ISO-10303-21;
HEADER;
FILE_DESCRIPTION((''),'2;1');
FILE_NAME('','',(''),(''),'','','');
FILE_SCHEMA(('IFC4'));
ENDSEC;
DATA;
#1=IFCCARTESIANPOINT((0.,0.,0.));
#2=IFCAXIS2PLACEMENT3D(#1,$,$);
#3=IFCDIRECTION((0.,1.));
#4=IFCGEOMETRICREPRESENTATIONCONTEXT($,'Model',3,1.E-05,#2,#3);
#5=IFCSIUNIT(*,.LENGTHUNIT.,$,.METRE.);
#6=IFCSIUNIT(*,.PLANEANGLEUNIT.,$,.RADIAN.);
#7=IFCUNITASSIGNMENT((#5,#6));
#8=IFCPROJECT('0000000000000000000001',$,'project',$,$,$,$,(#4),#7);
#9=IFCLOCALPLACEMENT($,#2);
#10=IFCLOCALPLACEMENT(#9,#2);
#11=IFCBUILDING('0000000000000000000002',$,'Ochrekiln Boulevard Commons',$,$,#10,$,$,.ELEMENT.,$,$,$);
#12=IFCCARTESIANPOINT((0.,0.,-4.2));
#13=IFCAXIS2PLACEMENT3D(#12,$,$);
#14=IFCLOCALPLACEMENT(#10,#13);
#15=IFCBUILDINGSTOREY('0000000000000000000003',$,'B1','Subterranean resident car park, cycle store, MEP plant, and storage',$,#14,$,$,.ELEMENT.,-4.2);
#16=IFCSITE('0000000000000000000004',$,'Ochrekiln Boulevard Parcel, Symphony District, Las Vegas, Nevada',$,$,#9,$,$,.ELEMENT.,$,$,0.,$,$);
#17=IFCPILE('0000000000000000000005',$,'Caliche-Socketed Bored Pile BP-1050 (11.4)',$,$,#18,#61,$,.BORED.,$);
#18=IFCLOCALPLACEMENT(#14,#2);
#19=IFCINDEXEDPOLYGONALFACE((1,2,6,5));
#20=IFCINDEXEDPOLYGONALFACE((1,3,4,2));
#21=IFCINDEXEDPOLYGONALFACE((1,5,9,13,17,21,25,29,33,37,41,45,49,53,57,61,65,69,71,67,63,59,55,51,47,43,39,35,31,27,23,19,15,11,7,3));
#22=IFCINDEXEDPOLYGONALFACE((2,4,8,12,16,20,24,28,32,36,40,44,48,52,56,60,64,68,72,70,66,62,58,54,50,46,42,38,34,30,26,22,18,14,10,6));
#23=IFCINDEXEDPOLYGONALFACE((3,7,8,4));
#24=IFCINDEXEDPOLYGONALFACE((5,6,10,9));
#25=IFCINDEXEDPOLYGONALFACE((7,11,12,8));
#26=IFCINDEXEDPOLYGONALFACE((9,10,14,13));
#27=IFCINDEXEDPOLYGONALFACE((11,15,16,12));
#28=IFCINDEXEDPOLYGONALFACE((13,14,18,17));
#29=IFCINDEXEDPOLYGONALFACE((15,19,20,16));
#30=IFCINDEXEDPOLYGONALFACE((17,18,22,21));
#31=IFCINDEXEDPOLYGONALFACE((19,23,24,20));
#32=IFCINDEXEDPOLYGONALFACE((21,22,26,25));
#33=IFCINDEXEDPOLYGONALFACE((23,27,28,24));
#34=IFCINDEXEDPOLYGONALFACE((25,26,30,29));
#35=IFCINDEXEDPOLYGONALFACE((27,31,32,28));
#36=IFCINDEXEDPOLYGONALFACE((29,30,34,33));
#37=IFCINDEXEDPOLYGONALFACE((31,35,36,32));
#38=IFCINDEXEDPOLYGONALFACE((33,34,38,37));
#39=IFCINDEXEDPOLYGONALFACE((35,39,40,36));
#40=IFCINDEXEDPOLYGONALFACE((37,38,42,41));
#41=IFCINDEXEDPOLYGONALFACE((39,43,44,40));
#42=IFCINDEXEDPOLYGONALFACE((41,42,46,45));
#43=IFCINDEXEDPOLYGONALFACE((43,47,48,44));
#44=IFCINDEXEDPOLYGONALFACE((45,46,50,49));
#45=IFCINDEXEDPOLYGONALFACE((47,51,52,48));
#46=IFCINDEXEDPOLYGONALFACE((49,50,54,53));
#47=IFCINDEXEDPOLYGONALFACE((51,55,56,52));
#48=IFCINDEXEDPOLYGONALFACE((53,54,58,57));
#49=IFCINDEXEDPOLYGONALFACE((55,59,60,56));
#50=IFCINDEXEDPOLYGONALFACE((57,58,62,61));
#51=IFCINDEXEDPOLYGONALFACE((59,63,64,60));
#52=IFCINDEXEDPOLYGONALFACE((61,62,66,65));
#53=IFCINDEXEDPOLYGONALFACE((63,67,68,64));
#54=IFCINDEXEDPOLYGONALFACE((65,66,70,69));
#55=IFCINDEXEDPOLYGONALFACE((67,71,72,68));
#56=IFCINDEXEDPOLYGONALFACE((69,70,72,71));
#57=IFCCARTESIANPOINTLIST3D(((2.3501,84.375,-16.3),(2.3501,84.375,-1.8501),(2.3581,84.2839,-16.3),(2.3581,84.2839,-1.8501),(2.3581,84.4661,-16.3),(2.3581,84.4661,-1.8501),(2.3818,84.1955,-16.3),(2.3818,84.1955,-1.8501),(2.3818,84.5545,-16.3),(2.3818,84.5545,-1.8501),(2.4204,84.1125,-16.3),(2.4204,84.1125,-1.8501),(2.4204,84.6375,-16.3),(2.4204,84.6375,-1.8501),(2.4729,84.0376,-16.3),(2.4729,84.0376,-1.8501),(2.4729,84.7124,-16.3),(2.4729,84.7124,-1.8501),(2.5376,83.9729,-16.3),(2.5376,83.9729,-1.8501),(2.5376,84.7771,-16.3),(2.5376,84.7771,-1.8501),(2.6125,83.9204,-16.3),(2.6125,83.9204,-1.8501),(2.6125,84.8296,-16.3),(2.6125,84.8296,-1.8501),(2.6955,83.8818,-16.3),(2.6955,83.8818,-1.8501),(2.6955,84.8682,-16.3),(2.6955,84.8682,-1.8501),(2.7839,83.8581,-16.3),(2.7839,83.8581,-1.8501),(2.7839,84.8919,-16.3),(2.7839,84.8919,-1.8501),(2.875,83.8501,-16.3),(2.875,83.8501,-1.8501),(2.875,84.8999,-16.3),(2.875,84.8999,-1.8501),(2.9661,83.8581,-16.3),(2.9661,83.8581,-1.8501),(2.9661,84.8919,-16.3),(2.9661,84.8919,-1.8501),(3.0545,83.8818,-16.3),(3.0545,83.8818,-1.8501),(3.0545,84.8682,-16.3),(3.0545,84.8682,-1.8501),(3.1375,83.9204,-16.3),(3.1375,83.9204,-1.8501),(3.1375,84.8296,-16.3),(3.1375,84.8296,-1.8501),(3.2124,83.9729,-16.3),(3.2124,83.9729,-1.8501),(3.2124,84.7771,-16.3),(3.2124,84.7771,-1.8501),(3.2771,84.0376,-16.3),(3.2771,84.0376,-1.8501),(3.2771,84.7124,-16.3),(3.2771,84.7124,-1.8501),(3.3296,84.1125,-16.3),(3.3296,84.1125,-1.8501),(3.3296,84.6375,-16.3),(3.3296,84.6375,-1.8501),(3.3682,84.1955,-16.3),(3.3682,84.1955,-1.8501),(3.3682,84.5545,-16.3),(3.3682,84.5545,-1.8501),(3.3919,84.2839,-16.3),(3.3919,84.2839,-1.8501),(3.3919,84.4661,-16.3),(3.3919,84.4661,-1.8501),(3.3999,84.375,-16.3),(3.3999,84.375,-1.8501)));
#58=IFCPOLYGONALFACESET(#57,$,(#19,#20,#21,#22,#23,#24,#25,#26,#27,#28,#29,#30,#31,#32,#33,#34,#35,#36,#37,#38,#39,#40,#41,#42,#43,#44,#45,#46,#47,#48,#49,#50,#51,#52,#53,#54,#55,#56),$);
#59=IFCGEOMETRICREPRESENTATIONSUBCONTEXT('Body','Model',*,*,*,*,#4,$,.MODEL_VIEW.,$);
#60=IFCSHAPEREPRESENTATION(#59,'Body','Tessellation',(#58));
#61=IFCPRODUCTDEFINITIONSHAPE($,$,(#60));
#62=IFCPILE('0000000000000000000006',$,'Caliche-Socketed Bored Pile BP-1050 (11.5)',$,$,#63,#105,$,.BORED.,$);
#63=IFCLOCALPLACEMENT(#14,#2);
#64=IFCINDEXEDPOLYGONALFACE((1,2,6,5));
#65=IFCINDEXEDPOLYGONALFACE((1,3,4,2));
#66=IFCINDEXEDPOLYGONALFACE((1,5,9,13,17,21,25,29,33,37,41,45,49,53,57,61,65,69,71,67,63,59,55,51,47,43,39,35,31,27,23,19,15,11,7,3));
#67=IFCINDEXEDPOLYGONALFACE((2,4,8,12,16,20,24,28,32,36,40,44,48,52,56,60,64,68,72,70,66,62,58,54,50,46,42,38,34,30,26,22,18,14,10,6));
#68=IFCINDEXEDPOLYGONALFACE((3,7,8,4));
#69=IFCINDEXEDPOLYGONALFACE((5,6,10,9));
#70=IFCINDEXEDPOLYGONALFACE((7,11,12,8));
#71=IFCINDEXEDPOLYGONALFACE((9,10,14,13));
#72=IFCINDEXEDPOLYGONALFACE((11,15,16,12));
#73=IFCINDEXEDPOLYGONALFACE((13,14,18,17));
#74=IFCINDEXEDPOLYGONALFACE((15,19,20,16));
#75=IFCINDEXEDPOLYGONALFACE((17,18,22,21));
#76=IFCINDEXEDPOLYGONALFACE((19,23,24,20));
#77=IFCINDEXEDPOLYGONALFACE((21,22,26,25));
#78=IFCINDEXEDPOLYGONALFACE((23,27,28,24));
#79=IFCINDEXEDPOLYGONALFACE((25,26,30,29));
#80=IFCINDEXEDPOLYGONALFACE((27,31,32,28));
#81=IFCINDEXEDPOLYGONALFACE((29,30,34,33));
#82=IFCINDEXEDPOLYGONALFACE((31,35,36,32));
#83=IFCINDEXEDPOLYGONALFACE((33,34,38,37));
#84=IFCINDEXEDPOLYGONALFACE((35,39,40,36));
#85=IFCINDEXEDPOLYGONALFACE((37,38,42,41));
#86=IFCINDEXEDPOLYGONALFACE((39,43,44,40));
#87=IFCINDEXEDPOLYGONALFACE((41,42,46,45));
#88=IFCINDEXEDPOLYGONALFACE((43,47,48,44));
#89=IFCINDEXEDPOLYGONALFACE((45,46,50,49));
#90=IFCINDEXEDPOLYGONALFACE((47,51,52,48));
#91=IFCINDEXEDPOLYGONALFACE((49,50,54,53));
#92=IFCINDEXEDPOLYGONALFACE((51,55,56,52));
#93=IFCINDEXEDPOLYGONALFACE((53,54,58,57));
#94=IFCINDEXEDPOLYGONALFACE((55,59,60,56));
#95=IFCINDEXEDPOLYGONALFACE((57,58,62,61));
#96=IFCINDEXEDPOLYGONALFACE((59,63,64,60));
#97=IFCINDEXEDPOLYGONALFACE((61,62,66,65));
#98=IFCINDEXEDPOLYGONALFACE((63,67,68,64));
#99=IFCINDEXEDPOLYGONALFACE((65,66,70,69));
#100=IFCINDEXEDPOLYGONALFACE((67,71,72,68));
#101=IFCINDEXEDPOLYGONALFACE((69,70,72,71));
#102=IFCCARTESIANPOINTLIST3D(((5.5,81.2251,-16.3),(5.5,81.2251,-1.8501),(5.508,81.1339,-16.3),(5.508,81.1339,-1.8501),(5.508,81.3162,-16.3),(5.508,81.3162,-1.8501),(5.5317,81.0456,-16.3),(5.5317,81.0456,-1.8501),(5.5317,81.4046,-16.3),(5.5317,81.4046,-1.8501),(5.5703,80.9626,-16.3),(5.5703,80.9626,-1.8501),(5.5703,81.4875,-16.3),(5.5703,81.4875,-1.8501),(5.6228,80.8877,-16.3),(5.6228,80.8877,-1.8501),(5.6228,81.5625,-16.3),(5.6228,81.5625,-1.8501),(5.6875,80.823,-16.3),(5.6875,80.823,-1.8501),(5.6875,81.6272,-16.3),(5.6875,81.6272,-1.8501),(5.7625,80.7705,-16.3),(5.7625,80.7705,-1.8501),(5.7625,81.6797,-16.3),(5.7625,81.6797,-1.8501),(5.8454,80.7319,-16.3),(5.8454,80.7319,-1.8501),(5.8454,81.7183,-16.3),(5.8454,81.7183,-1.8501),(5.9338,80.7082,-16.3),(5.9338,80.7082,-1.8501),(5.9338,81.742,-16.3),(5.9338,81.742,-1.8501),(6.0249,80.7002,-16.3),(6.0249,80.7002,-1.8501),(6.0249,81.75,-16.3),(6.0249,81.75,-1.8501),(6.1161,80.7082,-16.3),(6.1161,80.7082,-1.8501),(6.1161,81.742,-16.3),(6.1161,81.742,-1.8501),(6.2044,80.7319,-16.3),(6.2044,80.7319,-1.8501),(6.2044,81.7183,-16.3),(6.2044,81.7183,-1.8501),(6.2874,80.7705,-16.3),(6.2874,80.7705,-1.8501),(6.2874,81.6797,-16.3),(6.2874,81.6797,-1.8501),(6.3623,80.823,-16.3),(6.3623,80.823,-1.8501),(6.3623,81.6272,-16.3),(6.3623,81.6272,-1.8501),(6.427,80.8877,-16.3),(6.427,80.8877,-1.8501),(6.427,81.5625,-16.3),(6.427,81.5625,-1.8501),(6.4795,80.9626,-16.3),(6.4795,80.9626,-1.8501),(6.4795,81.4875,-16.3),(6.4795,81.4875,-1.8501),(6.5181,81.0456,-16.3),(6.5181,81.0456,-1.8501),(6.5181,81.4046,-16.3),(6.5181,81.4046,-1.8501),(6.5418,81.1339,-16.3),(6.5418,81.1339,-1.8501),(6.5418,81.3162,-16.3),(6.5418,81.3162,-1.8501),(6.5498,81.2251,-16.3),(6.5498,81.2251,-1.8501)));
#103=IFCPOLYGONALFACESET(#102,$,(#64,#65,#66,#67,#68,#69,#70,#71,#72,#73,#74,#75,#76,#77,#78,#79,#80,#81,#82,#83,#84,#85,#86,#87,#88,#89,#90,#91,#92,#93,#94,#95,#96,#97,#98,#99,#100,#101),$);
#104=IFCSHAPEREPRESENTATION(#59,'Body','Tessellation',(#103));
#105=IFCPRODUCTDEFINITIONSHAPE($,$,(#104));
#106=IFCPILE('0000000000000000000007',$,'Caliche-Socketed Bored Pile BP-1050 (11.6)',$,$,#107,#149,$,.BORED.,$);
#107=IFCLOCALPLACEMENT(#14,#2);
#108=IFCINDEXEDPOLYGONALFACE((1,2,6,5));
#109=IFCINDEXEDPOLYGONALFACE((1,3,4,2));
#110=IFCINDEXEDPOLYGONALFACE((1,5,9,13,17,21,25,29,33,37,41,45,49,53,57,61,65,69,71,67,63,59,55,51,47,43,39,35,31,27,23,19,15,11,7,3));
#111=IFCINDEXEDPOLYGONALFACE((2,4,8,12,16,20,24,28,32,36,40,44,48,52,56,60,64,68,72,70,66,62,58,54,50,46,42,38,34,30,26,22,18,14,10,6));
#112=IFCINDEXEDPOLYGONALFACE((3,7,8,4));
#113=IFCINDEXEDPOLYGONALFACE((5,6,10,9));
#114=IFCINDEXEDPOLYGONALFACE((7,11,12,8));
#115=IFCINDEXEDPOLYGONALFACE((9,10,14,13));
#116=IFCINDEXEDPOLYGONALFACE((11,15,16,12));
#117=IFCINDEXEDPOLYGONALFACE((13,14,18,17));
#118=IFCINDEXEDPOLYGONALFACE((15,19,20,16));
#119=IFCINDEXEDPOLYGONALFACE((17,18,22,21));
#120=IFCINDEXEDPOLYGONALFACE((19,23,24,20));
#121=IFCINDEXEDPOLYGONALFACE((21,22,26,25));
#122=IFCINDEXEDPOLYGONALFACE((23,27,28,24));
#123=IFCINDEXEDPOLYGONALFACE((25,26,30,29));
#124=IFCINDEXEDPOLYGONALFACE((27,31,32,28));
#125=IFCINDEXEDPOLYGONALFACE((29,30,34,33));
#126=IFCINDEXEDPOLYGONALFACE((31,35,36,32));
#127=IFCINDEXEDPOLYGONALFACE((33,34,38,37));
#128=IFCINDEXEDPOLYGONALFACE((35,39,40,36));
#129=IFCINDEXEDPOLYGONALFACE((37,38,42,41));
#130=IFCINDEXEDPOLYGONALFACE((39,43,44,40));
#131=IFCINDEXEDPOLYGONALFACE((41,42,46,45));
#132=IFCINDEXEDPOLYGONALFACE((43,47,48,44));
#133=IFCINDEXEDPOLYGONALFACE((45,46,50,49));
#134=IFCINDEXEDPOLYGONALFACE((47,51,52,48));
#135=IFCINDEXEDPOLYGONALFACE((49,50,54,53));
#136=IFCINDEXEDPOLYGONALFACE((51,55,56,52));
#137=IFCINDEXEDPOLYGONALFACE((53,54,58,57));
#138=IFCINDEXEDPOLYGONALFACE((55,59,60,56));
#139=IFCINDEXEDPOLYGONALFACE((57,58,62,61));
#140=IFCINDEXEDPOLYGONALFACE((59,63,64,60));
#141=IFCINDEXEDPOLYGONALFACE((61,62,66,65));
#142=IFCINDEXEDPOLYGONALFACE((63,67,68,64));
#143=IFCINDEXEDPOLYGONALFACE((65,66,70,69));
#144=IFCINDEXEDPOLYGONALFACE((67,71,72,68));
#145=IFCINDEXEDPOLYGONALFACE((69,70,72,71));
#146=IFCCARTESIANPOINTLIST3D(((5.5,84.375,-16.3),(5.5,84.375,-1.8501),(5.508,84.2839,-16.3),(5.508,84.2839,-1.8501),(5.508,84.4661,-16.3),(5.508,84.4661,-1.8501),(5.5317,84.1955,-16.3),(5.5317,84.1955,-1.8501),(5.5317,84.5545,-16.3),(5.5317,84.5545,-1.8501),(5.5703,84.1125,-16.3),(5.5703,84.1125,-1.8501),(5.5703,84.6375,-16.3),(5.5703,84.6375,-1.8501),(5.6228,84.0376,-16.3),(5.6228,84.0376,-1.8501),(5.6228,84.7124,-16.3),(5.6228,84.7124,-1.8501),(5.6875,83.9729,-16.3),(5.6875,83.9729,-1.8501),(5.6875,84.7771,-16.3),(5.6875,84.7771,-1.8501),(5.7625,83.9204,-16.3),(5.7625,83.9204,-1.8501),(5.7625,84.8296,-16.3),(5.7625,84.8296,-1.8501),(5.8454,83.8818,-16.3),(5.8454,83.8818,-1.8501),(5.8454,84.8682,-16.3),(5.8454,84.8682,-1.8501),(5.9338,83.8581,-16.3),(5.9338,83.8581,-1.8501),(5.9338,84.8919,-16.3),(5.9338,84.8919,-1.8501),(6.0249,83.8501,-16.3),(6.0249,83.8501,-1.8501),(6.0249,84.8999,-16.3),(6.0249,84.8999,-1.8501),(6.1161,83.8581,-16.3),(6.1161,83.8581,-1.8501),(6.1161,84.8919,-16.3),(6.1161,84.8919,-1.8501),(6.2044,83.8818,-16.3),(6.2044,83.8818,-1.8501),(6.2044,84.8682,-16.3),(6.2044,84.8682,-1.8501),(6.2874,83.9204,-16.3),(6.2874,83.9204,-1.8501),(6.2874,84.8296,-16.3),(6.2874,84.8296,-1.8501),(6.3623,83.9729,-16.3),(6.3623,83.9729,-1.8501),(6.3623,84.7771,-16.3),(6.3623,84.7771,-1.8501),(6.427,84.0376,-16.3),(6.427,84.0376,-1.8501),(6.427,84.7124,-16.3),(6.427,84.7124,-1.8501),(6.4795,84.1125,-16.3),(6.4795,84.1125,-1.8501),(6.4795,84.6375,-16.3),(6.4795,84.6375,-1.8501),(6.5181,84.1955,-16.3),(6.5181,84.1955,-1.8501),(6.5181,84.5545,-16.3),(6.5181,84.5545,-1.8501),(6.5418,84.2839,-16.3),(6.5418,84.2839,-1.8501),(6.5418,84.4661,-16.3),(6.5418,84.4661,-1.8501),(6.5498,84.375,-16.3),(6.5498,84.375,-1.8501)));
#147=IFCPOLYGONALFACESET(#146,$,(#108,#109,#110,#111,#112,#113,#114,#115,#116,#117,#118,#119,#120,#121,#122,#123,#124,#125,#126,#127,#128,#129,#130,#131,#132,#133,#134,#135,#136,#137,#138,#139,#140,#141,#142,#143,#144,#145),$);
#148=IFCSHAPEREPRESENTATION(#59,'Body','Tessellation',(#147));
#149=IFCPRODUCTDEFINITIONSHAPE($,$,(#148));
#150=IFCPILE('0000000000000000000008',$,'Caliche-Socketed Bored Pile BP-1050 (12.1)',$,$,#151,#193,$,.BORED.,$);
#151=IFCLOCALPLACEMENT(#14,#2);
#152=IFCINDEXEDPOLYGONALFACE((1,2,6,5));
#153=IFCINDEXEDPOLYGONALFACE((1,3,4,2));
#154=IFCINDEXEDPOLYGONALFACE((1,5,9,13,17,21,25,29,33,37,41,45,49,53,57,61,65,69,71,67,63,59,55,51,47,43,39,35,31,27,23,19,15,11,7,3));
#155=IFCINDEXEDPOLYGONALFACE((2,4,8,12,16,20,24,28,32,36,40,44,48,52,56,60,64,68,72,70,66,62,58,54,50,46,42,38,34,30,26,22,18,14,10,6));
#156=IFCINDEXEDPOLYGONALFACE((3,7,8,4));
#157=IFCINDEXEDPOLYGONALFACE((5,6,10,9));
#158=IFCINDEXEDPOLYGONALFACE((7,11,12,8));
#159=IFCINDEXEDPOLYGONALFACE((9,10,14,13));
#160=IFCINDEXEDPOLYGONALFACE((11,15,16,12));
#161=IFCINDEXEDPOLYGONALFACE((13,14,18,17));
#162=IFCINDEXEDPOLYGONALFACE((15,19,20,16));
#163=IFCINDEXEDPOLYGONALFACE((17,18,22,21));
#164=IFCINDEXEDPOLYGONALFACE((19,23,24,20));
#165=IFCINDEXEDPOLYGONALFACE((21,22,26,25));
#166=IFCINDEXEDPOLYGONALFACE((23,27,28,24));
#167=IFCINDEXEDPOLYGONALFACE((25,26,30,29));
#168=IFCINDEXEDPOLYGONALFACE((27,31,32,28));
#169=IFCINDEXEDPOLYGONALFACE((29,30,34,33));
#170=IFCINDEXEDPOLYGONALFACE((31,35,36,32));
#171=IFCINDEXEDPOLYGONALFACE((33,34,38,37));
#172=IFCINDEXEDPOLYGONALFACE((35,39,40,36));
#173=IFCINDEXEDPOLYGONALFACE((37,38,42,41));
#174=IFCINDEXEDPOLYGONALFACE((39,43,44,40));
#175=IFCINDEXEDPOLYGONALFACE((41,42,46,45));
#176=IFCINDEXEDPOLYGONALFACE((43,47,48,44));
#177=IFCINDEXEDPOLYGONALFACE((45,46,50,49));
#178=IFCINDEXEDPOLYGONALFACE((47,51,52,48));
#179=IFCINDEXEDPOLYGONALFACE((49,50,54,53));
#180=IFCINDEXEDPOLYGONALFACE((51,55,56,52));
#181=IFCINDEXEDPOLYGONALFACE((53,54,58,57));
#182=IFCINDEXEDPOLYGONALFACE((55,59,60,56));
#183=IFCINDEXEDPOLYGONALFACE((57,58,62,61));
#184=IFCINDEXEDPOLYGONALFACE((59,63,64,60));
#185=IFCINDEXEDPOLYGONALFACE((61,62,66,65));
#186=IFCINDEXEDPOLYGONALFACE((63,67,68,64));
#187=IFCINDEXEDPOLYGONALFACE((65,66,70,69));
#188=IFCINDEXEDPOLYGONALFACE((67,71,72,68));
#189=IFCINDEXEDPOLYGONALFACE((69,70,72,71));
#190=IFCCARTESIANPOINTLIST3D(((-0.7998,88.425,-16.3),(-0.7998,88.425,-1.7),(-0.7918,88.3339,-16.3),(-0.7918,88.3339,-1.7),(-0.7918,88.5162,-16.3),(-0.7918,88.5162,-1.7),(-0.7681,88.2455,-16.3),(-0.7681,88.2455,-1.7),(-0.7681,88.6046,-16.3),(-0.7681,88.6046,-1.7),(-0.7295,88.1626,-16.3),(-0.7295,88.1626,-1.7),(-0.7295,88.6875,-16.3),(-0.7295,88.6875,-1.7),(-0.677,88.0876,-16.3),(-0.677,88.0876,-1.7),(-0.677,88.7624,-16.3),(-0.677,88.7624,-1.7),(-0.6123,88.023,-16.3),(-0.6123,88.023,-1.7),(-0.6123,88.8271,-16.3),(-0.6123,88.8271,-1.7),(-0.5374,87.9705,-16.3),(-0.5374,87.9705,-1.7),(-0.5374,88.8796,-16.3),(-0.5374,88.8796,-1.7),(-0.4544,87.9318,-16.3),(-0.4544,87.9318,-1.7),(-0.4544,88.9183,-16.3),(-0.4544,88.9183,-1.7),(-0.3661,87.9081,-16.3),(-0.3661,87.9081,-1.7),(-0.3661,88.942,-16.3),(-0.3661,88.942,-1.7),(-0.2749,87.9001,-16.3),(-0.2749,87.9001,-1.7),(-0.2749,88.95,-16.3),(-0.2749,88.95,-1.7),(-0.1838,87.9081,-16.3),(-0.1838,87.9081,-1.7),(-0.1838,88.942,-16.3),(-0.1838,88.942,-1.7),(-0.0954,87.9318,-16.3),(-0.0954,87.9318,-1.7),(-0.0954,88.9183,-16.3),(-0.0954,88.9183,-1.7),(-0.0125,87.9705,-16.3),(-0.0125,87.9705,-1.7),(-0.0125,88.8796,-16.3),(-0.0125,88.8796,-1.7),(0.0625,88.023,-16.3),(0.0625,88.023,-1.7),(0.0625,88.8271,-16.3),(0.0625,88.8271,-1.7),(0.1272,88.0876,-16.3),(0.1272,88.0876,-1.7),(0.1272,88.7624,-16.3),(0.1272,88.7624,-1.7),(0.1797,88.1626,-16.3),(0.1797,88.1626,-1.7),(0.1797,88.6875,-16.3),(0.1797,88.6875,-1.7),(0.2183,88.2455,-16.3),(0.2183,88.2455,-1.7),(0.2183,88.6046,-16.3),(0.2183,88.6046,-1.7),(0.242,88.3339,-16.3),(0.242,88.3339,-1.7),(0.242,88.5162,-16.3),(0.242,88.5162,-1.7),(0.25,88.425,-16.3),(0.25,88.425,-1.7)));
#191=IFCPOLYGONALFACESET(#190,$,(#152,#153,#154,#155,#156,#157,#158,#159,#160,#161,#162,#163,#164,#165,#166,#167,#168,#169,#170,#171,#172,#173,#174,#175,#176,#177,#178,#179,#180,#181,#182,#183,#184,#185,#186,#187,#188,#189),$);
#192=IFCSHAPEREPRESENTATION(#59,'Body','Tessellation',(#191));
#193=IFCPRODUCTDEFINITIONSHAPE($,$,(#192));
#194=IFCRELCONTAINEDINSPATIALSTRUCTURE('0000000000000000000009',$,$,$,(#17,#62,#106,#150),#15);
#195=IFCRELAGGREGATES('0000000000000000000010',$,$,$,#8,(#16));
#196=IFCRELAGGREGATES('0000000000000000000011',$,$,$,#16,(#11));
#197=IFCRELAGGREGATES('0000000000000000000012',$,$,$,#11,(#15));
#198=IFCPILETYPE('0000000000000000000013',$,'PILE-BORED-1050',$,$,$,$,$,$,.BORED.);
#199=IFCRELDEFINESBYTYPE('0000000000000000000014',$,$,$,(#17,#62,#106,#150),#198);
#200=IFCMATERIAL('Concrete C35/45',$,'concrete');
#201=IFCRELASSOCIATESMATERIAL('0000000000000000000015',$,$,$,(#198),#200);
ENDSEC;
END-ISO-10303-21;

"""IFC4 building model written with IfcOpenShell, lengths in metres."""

from ifc_helpers import new_model, si_unit, direction, frame, origin, origin_2d, place, context, subcontext, project, spatial, circle, extrude, material, material_profile, profile_set, type_object, element, save


model = new_model("IFC4")

# Units and contexts
model_context = context("Model", 3, precision=1e-05, world=origin(), true_north=direction((0.0, 1.0)))
body_context = subcontext(model_context, "Body", "Model", "MODEL_VIEW")
ifc_project = project(units=[si_unit("LENGTHUNIT", "METRE"), si_unit("PLANEANGLEUNIT", "RADIAN")], contexts=[model_context])

# Site, building, storey
site_placement = place(None, origin())
site = spatial("IfcSite", under=ifc_project, at=site_placement, Name="Ochrekiln Boulevard Parcel, Symphony District, Las Vegas, Nevada", CompositionType="ELEMENT", RefElevation=0.0)
building_placement = place(site_placement, origin())
building = spatial("IfcBuilding", under=site, at=building_placement, Name="Ochrekiln Boulevard Commons", CompositionType="ELEMENT")
storey_placement = place(building_placement, frame((0.0, 0.0, -4.2)))
storey = spatial("IfcBuildingStorey", under=building, at=storey_placement, Name="B1", Description="Subterranean resident car park, cycle store, MEP plant, and storage", CompositionType="ELEMENT", Elevation=-4.2)

# Shared definitions
ifc_material_1 = material(Name="Concrete C35/45", Category="concrete")

# Piles
ifc_material_profile_1 = material_profile(ifc_material_1, circle(Radius=0.5249, at=origin_2d()), Name="PILE-D1050")
ifc_profile_set_1 = profile_set([ifc_material_profile_1], Name="Concrete C35/45")
pile_type = type_object("IfcPileType", Name="PILE-BORED-1050", PredefinedType="BORED", material=ifc_profile_set_1)
for number, where, z_axis, x_axis, name in (
    (1, (2.875, 84.375, -1.8501), (0.0, 0.0, -1.0), (1.0, 0.0, 0.0), "Caliche-Socketed Bored Pile BP-1050 (11.4)"),
    (2, (6.0249, 81.2251, -1.8501), (0.0, 0.0, -1.0), (1.0, 0.0, 0.0), "Caliche-Socketed Bored Pile BP-1050 (11.5)"),
    (3, (6.0249, 84.375, -1.8501), (0.0, 0.0, -1.0), (1.0, 0.0, 0.0), "Caliche-Socketed Bored Pile BP-1050 (11.6)"),
):
    element("IfcPile", number, at=place(storey_placement, frame(where, z_axis=z_axis, x_axis=x_axis)), inside=storey, type_object=pile_type, Name=name, PredefinedType="BORED", context=body_context, shape_type="SweptSolid", body=[
        extrude(circle(Radius=0.5249, at=origin_2d()), origin(), (0.0, 0.0, 1.0), 14.45),
    ])
for number, where, z_axis, x_axis, name in (
    (4, (-0.2749, 88.425, -1.7), (0.0, 0.0, -1.0), (1.0, 0.0, 0.0), "Caliche-Socketed Bored Pile BP-1050 (12.1)"),
):
    element("IfcPile", number, at=place(storey_placement, frame(where, z_axis=z_axis, x_axis=x_axis)), inside=storey, type_object=pile_type, Name=name, PredefinedType="BORED", context=body_context, shape_type="SweptSolid", body=[
        extrude(circle(Radius=0.5249, at=origin_2d()), origin(), (0.0, 0.0, 1.0), 14.6001),
    ])

save(model, "model.ifc")
